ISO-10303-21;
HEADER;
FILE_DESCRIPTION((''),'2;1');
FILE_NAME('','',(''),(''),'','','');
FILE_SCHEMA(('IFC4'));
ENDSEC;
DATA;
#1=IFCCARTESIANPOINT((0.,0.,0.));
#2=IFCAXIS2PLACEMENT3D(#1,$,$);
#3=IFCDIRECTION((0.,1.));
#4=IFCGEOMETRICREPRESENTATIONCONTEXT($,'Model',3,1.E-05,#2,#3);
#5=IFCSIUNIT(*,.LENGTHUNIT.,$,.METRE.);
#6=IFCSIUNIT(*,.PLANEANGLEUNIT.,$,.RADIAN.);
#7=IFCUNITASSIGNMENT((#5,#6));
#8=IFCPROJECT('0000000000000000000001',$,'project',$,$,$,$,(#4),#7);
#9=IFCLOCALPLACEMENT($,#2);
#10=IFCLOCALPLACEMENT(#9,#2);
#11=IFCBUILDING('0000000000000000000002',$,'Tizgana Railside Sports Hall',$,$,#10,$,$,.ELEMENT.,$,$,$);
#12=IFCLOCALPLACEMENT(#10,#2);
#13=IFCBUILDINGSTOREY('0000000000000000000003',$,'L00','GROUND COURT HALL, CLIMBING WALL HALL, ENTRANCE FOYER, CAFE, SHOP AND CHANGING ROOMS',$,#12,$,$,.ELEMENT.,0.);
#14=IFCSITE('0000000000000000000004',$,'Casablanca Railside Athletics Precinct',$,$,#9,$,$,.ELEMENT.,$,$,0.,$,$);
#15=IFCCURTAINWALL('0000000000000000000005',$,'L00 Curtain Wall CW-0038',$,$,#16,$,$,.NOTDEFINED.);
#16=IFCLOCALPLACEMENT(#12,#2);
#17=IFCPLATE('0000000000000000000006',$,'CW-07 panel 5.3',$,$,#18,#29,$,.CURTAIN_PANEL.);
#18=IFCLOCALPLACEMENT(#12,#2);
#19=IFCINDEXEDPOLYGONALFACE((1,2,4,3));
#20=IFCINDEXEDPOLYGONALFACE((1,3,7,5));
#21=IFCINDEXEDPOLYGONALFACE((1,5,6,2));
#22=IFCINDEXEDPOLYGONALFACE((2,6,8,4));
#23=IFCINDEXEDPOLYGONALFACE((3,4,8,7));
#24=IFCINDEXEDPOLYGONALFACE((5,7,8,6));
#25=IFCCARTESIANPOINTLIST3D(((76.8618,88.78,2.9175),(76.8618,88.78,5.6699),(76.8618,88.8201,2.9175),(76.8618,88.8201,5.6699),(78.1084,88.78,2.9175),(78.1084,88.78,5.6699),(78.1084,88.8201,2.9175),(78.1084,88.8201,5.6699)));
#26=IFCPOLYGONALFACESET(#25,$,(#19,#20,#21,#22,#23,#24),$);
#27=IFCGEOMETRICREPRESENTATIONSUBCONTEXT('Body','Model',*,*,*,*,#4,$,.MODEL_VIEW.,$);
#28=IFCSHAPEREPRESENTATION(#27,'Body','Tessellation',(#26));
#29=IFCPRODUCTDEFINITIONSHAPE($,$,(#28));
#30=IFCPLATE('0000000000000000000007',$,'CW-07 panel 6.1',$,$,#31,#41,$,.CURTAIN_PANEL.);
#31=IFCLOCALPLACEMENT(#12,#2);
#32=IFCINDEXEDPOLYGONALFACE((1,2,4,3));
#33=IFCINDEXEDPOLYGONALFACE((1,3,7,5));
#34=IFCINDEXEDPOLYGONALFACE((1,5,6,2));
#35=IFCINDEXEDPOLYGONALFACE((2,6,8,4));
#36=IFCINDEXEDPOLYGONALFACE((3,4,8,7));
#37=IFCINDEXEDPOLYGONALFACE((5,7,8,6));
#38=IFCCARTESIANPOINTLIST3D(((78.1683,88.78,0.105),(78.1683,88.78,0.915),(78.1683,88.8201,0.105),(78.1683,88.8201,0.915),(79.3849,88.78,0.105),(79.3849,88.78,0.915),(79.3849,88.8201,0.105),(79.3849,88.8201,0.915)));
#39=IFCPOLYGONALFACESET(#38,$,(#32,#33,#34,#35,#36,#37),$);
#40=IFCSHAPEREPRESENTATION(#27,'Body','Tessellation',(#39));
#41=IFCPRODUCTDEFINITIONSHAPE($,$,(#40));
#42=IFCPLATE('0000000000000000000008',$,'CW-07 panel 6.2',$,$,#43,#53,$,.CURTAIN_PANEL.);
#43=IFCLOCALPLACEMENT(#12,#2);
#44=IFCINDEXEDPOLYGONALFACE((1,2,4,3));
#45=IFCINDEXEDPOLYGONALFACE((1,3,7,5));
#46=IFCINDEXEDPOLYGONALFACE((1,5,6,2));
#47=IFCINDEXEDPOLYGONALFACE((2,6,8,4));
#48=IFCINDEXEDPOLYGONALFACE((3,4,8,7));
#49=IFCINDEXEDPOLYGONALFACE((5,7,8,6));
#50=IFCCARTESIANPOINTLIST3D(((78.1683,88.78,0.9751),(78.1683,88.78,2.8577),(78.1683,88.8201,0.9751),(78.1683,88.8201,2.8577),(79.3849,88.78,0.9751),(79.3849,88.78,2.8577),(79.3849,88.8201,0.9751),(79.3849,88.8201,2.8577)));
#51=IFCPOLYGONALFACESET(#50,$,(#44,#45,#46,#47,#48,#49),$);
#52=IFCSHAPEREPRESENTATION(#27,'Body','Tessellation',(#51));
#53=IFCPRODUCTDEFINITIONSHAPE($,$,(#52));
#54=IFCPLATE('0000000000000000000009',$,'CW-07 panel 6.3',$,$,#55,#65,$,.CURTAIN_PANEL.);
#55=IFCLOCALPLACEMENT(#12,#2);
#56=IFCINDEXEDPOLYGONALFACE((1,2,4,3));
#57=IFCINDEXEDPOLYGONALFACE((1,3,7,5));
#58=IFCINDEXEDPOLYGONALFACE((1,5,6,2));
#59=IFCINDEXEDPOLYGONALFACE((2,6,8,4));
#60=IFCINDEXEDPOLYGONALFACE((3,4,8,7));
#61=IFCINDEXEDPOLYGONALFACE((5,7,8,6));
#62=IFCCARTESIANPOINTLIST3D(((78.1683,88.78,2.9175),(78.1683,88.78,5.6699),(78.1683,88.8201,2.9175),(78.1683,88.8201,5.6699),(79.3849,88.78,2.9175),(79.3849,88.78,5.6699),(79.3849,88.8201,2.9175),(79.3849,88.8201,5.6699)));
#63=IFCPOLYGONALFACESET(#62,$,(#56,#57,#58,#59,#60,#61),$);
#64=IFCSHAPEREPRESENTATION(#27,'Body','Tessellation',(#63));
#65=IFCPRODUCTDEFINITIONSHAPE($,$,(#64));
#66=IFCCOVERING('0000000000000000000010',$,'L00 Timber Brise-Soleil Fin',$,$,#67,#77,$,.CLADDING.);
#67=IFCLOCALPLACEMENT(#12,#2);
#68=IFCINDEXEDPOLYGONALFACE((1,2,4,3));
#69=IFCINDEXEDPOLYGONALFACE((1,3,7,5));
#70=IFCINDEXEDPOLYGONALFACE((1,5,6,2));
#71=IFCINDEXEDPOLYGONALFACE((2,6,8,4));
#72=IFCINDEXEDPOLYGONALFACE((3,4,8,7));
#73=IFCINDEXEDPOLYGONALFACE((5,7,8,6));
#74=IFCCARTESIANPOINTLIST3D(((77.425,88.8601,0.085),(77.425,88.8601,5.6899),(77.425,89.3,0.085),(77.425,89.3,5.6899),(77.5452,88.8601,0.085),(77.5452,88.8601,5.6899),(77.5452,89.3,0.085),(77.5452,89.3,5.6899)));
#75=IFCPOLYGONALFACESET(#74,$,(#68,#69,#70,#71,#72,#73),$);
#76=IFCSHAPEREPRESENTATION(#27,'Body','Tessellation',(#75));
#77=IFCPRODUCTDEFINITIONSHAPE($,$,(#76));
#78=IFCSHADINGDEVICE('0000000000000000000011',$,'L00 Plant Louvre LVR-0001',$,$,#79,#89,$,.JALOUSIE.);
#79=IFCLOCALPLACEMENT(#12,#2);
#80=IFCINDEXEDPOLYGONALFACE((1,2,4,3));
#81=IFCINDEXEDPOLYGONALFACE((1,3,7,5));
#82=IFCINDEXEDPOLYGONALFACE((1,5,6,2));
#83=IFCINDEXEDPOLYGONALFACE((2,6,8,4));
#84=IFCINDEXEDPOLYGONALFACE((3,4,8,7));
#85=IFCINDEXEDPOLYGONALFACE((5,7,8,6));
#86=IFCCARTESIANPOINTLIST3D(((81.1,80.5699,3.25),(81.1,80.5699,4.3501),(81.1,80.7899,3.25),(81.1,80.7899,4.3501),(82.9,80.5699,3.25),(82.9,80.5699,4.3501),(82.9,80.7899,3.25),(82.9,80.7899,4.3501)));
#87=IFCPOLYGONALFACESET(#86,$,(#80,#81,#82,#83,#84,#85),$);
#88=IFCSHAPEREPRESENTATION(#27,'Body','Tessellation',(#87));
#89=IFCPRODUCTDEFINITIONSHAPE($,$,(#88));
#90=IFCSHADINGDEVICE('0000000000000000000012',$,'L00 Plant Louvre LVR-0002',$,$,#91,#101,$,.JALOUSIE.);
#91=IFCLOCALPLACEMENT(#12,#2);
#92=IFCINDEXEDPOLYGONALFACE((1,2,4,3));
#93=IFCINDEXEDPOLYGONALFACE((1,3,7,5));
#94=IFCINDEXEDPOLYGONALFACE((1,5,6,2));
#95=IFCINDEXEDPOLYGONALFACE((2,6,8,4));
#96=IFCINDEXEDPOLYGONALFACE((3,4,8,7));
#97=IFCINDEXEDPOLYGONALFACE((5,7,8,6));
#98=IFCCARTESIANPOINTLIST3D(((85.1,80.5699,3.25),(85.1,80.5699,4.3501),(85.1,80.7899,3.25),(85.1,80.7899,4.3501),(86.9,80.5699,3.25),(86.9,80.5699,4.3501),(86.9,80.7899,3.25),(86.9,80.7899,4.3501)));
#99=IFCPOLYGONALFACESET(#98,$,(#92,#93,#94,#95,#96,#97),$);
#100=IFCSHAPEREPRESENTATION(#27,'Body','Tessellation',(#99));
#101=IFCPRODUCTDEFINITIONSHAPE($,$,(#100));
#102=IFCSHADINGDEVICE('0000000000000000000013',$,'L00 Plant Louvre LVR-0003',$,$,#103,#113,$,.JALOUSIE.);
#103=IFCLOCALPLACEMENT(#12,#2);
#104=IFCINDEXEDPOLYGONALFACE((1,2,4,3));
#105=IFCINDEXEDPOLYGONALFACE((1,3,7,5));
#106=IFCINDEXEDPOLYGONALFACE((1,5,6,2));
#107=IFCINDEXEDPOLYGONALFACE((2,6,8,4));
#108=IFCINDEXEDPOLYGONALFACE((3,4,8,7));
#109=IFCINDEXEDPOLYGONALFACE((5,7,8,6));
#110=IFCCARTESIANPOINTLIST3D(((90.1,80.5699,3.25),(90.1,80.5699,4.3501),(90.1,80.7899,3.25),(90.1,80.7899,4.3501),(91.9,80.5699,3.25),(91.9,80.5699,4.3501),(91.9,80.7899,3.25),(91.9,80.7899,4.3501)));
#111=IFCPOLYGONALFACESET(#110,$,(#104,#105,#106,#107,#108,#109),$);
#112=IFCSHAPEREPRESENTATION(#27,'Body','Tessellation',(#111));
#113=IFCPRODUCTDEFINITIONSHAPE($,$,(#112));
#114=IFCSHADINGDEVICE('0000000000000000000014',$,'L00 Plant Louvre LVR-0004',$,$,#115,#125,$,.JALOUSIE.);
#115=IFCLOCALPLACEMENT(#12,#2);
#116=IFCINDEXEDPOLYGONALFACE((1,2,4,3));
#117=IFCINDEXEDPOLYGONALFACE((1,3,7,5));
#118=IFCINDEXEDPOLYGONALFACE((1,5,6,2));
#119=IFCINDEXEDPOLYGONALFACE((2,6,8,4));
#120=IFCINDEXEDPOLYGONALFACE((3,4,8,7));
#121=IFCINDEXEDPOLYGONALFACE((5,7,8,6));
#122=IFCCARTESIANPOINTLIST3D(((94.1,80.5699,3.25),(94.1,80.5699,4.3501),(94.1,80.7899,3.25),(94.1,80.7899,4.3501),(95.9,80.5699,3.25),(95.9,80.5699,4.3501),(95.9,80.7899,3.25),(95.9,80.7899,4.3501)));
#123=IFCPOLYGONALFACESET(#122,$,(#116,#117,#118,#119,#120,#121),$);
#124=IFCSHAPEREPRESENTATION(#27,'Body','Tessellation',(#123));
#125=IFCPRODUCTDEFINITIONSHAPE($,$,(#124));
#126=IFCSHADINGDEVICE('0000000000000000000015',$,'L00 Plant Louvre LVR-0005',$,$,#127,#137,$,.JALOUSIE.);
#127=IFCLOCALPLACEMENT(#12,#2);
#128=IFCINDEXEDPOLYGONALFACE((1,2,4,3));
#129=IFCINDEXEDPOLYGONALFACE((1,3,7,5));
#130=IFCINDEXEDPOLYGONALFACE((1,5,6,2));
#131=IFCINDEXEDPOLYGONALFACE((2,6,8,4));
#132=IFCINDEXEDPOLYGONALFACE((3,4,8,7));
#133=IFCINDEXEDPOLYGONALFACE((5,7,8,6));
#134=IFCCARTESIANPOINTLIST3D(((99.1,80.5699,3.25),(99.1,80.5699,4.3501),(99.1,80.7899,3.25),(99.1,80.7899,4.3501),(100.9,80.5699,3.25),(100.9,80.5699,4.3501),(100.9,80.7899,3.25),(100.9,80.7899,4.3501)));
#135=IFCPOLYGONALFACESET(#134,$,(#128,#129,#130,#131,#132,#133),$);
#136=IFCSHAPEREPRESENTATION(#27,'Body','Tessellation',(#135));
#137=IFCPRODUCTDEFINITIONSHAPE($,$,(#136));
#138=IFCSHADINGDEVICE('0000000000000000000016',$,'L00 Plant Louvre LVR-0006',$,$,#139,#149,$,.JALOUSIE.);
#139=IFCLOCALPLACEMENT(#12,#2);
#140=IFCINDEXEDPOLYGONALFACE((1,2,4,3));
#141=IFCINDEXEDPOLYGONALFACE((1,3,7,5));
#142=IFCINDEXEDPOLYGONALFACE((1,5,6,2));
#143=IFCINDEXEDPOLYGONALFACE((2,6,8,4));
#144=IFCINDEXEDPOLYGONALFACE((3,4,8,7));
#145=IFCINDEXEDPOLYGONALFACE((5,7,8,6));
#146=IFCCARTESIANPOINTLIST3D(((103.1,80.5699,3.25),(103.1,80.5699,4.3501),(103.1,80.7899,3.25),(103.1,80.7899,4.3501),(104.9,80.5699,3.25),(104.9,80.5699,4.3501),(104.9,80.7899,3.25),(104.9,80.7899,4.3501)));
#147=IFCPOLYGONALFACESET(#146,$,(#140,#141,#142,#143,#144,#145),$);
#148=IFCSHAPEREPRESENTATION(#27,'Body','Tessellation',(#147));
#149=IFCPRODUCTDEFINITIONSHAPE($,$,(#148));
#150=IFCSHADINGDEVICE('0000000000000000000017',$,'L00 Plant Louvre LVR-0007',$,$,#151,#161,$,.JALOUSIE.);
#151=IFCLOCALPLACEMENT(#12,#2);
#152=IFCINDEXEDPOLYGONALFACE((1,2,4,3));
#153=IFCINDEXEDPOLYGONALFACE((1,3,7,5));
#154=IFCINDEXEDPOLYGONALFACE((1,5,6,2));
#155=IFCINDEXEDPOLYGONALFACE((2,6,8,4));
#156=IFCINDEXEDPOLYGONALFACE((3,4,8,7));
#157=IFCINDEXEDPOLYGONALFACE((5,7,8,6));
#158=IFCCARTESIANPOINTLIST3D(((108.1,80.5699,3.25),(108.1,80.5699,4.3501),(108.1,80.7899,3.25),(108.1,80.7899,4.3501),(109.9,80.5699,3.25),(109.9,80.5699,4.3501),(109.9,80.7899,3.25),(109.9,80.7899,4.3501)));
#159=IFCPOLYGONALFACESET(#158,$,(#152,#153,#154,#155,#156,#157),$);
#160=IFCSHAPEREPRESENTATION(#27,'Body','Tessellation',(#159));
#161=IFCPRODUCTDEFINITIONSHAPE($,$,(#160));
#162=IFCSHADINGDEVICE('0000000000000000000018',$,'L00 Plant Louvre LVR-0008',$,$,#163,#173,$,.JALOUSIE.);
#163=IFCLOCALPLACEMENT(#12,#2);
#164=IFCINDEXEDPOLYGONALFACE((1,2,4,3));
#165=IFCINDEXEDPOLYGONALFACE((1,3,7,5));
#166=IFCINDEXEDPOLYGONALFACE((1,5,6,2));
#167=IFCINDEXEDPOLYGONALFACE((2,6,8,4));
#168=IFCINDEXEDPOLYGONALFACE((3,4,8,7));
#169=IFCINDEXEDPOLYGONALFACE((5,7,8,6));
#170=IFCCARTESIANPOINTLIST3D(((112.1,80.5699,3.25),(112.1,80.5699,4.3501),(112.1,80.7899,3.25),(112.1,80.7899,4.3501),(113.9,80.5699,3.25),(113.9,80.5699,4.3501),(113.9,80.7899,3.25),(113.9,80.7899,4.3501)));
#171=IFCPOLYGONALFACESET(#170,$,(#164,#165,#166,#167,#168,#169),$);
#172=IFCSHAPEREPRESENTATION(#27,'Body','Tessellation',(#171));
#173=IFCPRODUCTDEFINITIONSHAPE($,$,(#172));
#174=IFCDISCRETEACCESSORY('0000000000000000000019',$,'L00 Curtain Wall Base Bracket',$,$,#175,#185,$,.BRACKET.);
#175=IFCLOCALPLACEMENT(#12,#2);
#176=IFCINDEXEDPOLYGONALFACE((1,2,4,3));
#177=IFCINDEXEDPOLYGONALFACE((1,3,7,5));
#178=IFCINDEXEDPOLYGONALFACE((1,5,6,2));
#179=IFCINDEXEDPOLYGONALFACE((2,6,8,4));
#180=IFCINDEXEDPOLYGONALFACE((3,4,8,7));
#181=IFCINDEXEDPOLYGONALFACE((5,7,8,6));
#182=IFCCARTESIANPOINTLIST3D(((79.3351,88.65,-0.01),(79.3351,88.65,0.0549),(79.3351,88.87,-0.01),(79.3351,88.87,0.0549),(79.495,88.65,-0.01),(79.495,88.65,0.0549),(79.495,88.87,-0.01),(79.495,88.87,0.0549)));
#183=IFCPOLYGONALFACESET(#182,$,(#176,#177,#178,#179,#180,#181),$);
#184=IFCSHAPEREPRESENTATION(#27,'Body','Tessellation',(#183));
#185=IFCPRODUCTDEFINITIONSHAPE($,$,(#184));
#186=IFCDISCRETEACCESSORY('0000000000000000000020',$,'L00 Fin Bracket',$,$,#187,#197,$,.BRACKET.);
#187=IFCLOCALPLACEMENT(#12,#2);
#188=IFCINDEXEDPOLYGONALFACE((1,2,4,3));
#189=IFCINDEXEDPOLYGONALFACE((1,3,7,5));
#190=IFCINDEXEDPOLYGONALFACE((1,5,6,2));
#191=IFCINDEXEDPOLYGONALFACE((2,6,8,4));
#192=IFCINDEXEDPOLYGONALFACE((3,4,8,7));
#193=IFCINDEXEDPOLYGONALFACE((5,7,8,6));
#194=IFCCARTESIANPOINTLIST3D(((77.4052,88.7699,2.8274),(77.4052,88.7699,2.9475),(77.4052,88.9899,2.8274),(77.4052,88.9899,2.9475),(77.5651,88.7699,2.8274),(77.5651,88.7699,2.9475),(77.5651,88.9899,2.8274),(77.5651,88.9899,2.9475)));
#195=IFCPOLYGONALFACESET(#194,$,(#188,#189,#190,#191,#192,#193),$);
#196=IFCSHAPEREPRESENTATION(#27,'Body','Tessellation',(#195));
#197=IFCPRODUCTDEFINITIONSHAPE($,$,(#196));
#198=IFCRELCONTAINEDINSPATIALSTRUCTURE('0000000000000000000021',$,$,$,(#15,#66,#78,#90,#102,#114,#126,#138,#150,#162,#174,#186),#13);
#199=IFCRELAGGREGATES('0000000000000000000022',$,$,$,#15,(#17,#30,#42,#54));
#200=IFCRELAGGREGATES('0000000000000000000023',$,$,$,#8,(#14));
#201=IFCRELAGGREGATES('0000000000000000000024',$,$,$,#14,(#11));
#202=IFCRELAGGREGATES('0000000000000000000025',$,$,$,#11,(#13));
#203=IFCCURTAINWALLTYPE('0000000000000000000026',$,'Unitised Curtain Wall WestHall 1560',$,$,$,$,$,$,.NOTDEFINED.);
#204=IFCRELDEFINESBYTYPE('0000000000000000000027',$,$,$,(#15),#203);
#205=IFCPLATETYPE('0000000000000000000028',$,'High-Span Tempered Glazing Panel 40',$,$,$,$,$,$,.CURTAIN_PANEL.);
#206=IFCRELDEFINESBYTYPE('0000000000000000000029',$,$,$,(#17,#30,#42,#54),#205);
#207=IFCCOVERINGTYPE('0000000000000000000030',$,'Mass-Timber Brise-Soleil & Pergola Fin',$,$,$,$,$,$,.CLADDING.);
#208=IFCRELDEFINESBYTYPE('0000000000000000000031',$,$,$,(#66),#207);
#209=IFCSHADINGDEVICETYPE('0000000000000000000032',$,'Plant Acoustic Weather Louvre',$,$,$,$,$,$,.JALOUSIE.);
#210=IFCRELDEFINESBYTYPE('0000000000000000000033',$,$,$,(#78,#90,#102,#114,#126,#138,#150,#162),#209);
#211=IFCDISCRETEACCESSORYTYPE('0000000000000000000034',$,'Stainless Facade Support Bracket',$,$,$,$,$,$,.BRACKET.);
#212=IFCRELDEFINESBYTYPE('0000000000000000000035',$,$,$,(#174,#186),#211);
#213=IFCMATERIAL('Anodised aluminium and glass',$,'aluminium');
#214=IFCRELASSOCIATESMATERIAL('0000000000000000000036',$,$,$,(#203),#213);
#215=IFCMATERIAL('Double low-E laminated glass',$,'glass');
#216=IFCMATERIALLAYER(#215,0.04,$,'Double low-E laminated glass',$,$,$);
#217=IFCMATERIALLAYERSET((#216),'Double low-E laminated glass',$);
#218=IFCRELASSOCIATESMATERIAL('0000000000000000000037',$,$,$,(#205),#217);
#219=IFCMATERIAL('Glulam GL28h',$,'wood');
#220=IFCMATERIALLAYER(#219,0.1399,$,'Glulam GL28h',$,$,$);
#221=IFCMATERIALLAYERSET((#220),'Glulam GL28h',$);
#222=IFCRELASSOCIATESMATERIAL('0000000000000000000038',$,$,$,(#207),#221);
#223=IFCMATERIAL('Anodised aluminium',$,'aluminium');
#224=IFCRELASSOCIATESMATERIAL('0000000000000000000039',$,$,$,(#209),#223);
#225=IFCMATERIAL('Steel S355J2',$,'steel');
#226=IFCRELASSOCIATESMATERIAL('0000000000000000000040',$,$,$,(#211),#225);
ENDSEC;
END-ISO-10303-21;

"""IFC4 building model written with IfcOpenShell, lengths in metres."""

from ifc_helpers import new_model, si_unit, direction, frame, origin, origin_2d, place, context, subcontext, project, spatial, rectangle, extrude, material, layer, layer_set, type_object, element, aggregate, save


model = new_model("IFC4")

# Units and contexts
model_context = context("Model", 3, precision=1e-05, world=origin(), true_north=direction((0.0, 1.0)))
body_context = subcontext(model_context, "Body", "Model", "MODEL_VIEW")
ifc_project = project(units=[si_unit("LENGTHUNIT", "METRE"), si_unit("PLANEANGLEUNIT", "RADIAN")], contexts=[model_context])

# Site, building, storey
site_placement = place(None, origin())
site = spatial("IfcSite", under=ifc_project, at=site_placement, Name="Casablanca Railside Athletics Precinct", CompositionType="ELEMENT", RefElevation=0.0)
building_placement = place(site_placement, origin())
building = spatial("IfcBuilding", under=site, at=building_placement, Name="Tizgana Railside Sports Hall", CompositionType="ELEMENT")
storey_placement = place(building_placement, origin())
storey = spatial("IfcBuildingStorey", under=building, at=storey_placement, Name="L00", Description="GROUND COURT HALL, CLIMBING WALL HALL, ENTRANCE FOYER, CAFE, SHOP AND CHANGING ROOMS", CompositionType="ELEMENT", Elevation=0.0)

# Curtain wall, plates
ifc_material_1 = material(Name="Anodised aluminium and glass", Category="aluminium")
curtain_wall_type = type_object("IfcCurtainWallType", Name="Unitised Curtain Wall WestHall 1560", PredefinedType="NOTDEFINED", material=ifc_material_1)
curtain_wall_placement = place(storey_placement, origin())
curtain_wall = element("IfcCurtainWall", 1, at=curtain_wall_placement, inside=storey, type_object=curtain_wall_type, Name="L00 Curtain Wall CW-0038", PredefinedType="NOTDEFINED")
ifc_material_2 = material(Name="Anodised aluminium", Category="aluminium")
ifc_material_3 = material(Name="Double low-E laminated glass", Category="glass")
ifc_layer_1 = layer(ifc_material_3, 0.04, Name="Double low-E laminated glass")
ifc_layer_set_1 = layer_set([ifc_layer_1], Name="Double low-E laminated glass")
plate_type = type_object("IfcPlateType", Name="High-Span Tempered Glazing Panel 40", PredefinedType="CURTAIN_PANEL", material=ifc_layer_set_1)
plate_1_placement = place(storey_placement, frame((77.4851, 88.8, 2.9175), z_axis=(0.0, 0.0, 1.0), x_axis=(1.0, 0.0, 0.0)))
plate_1 = element("IfcPlate", 2, at=plate_1_placement, type_object=plate_type, Name="CW-07 panel 5.3", PredefinedType="CURTAIN_PANEL", context=body_context, shape_type="SweptSolid", body=[
    extrude(rectangle(XDim=1.2466, YDim=0.04, at=origin_2d()), origin(), (0.0, 0.0, 1.0), 2.7524),
])
plate_2_placement = place(storey_placement, frame((78.7766, 88.8, 0.105), z_axis=(0.0, 0.0, 1.0), x_axis=(1.0, 0.0, 0.0)))
plate_2 = element("IfcPlate", 3, at=plate_2_placement, type_object=plate_type, Name="CW-07 panel 6.1", PredefinedType="CURTAIN_PANEL", context=body_context, shape_type="SweptSolid", body=[
    extrude(rectangle(XDim=1.2166, YDim=0.04, at=origin_2d()), origin(), (0.0, 0.0, 1.0), 0.8101),
])
plate_3_placement = place(storey_placement, frame((78.7766, 88.8, 0.9751), z_axis=(0.0, 0.0, 1.0), x_axis=(1.0, 0.0, 0.0)))
plate_3 = element("IfcPlate", 4, at=plate_3_placement, type_object=plate_type, Name="CW-07 panel 6.2", PredefinedType="CURTAIN_PANEL", context=body_context, shape_type="SweptSolid", body=[
    extrude(rectangle(XDim=1.2166, YDim=0.04, at=origin_2d()), origin(), (0.0, 0.0, 1.0), 1.8826),
])
plate_4_placement = place(storey_placement, frame((78.7766, 88.8, 2.9175), z_axis=(0.0, 0.0, 1.0), x_axis=(1.0, 0.0, 0.0)))
plate_4 = element("IfcPlate", 5, at=plate_4_placement, type_object=plate_type, Name="CW-07 panel 6.3", PredefinedType="CURTAIN_PANEL", context=body_context, shape_type="SweptSolid", body=[
    extrude(rectangle(XDim=1.2166, YDim=0.04, at=origin_2d()), origin(), (0.0, 0.0, 1.0), 2.7524),
])
aggregate(curtain_wall, [plate_1, plate_2, plate_3, plate_4])

# Covering
ifc_material_4 = material(Name="Glulam GL28h", Category="wood")
ifc_layer_2 = layer(ifc_material_4, 0.1399, Name="Glulam GL28h")
ifc_layer_set_2 = layer_set([ifc_layer_2], Name="Glulam GL28h")
covering_type = type_object("IfcCoveringType", Name="Mass-Timber Brise-Soleil & Pergola Fin", PredefinedType="CLADDING", material=ifc_layer_set_2)
covering_placement = place(storey_placement, frame((77.4851, 89.0801, 0.085), z_axis=(0.0, 0.0, 1.0), x_axis=(1.0, 0.0, 0.0)))
element("IfcCovering", 6, at=covering_placement, inside=storey, type_object=covering_type, Name="L00 Timber Brise-Soleil Fin", PredefinedType="CLADDING", context=body_context, shape_type="SweptSolid", body=[
    extrude(rectangle(XDim=0.1201, YDim=0.4399, at=origin_2d()), origin(), (0.0, 0.0, 1.0), 5.605),
])

# Shading devices
shading_device_type = type_object("IfcShadingDeviceType", Name="Plant Acoustic Weather Louvre", PredefinedType="JALOUSIE", material=ifc_material_2)
for number, where, z_axis, x_axis, name in (
    (7, (82.0, 80.6799, 3.25), (0.0, 0.0, 1.0), (1.0, 0.0, 0.0), "L00 Plant Louvre LVR-0001"),
    (8, (86.0, 80.6799, 3.25), (0.0, 0.0, 1.0), (1.0, 0.0, 0.0), "L00 Plant Louvre LVR-0002"),
    (9, (91.0, 80.6799, 3.25), (0.0, 0.0, 1.0), (1.0, 0.0, 0.0), "L00 Plant Louvre LVR-0003"),
    (10, (95.0, 80.6799, 3.25), (0.0, 0.0, 1.0), (1.0, 0.0, 0.0), "L00 Plant Louvre LVR-0004"),
    (11, (100.0, 80.6799, 3.25), (0.0, 0.0, 1.0), (1.0, 0.0, 0.0), "L00 Plant Louvre LVR-0005"),
    (12, (104.0, 80.6799, 3.25), (0.0, 0.0, 1.0), (1.0, 0.0, 0.0), "L00 Plant Louvre LVR-0006"),
    (13, (109.0, 80.6799, 3.25), (0.0, 0.0, 1.0), (1.0, 0.0, 0.0), "L00 Plant Louvre LVR-0007"),
    (14, (113.0, 80.6799, 3.25), (0.0, 0.0, 1.0), (1.0, 0.0, 0.0), "L00 Plant Louvre LVR-0008"),
):
    element("IfcShadingDevice", number, at=place(storey_placement, frame(where, z_axis=z_axis, x_axis=x_axis)), inside=storey, type_object=shading_device_type, Name=name, PredefinedType="JALOUSIE", context=body_context, shape_type="SweptSolid", body=[
        extrude(rectangle(XDim=1.8, YDim=0.22, at=origin_2d()), origin(), (0.0, 0.0, 1.0), 1.1001),
    ])

# Discrete accessories
ifc_material_5 = material(Name="Steel S355J2", Category="steel")
discrete_accessory_type = type_object("IfcDiscreteAccessoryType", Name="Stainless Facade Support Bracket", PredefinedType="BRACKET", material=ifc_material_5)
discrete_accessory_1_placement = place(storey_placement, frame((79.415, 88.76, -0.01), z_axis=(0.0, 0.0, 1.0), x_axis=(1.0, 0.0, 0.0)))
element("IfcDiscreteAccessory", 15, at=discrete_accessory_1_placement, inside=storey, type_object=discrete_accessory_type, Name="L00 Curtain Wall Base Bracket", PredefinedType="BRACKET", context=body_context, shape_type="SweptSolid", body=[
    extrude(rectangle(XDim=0.1599, YDim=0.22, at=origin_2d()), origin(), (0.0, 0.0, 1.0), 0.0649),
])
discrete_accessory_2_placement = place(storey_placement, frame((77.4851, 88.8799, 2.8274), z_axis=(0.0, 0.0, 1.0), x_axis=(1.0, 0.0, 0.0)))
element("IfcDiscreteAccessory", 16, at=discrete_accessory_2_placement, inside=storey, type_object=discrete_accessory_type, Name="L00 Fin Bracket", PredefinedType="BRACKET", context=body_context, shape_type="SweptSolid", body=[
    extrude(rectangle(XDim=0.1599, YDim=0.22, at=origin_2d()), origin(), (0.0, 0.0, 1.0), 0.1201),
])

save(model, "model.ifc")
